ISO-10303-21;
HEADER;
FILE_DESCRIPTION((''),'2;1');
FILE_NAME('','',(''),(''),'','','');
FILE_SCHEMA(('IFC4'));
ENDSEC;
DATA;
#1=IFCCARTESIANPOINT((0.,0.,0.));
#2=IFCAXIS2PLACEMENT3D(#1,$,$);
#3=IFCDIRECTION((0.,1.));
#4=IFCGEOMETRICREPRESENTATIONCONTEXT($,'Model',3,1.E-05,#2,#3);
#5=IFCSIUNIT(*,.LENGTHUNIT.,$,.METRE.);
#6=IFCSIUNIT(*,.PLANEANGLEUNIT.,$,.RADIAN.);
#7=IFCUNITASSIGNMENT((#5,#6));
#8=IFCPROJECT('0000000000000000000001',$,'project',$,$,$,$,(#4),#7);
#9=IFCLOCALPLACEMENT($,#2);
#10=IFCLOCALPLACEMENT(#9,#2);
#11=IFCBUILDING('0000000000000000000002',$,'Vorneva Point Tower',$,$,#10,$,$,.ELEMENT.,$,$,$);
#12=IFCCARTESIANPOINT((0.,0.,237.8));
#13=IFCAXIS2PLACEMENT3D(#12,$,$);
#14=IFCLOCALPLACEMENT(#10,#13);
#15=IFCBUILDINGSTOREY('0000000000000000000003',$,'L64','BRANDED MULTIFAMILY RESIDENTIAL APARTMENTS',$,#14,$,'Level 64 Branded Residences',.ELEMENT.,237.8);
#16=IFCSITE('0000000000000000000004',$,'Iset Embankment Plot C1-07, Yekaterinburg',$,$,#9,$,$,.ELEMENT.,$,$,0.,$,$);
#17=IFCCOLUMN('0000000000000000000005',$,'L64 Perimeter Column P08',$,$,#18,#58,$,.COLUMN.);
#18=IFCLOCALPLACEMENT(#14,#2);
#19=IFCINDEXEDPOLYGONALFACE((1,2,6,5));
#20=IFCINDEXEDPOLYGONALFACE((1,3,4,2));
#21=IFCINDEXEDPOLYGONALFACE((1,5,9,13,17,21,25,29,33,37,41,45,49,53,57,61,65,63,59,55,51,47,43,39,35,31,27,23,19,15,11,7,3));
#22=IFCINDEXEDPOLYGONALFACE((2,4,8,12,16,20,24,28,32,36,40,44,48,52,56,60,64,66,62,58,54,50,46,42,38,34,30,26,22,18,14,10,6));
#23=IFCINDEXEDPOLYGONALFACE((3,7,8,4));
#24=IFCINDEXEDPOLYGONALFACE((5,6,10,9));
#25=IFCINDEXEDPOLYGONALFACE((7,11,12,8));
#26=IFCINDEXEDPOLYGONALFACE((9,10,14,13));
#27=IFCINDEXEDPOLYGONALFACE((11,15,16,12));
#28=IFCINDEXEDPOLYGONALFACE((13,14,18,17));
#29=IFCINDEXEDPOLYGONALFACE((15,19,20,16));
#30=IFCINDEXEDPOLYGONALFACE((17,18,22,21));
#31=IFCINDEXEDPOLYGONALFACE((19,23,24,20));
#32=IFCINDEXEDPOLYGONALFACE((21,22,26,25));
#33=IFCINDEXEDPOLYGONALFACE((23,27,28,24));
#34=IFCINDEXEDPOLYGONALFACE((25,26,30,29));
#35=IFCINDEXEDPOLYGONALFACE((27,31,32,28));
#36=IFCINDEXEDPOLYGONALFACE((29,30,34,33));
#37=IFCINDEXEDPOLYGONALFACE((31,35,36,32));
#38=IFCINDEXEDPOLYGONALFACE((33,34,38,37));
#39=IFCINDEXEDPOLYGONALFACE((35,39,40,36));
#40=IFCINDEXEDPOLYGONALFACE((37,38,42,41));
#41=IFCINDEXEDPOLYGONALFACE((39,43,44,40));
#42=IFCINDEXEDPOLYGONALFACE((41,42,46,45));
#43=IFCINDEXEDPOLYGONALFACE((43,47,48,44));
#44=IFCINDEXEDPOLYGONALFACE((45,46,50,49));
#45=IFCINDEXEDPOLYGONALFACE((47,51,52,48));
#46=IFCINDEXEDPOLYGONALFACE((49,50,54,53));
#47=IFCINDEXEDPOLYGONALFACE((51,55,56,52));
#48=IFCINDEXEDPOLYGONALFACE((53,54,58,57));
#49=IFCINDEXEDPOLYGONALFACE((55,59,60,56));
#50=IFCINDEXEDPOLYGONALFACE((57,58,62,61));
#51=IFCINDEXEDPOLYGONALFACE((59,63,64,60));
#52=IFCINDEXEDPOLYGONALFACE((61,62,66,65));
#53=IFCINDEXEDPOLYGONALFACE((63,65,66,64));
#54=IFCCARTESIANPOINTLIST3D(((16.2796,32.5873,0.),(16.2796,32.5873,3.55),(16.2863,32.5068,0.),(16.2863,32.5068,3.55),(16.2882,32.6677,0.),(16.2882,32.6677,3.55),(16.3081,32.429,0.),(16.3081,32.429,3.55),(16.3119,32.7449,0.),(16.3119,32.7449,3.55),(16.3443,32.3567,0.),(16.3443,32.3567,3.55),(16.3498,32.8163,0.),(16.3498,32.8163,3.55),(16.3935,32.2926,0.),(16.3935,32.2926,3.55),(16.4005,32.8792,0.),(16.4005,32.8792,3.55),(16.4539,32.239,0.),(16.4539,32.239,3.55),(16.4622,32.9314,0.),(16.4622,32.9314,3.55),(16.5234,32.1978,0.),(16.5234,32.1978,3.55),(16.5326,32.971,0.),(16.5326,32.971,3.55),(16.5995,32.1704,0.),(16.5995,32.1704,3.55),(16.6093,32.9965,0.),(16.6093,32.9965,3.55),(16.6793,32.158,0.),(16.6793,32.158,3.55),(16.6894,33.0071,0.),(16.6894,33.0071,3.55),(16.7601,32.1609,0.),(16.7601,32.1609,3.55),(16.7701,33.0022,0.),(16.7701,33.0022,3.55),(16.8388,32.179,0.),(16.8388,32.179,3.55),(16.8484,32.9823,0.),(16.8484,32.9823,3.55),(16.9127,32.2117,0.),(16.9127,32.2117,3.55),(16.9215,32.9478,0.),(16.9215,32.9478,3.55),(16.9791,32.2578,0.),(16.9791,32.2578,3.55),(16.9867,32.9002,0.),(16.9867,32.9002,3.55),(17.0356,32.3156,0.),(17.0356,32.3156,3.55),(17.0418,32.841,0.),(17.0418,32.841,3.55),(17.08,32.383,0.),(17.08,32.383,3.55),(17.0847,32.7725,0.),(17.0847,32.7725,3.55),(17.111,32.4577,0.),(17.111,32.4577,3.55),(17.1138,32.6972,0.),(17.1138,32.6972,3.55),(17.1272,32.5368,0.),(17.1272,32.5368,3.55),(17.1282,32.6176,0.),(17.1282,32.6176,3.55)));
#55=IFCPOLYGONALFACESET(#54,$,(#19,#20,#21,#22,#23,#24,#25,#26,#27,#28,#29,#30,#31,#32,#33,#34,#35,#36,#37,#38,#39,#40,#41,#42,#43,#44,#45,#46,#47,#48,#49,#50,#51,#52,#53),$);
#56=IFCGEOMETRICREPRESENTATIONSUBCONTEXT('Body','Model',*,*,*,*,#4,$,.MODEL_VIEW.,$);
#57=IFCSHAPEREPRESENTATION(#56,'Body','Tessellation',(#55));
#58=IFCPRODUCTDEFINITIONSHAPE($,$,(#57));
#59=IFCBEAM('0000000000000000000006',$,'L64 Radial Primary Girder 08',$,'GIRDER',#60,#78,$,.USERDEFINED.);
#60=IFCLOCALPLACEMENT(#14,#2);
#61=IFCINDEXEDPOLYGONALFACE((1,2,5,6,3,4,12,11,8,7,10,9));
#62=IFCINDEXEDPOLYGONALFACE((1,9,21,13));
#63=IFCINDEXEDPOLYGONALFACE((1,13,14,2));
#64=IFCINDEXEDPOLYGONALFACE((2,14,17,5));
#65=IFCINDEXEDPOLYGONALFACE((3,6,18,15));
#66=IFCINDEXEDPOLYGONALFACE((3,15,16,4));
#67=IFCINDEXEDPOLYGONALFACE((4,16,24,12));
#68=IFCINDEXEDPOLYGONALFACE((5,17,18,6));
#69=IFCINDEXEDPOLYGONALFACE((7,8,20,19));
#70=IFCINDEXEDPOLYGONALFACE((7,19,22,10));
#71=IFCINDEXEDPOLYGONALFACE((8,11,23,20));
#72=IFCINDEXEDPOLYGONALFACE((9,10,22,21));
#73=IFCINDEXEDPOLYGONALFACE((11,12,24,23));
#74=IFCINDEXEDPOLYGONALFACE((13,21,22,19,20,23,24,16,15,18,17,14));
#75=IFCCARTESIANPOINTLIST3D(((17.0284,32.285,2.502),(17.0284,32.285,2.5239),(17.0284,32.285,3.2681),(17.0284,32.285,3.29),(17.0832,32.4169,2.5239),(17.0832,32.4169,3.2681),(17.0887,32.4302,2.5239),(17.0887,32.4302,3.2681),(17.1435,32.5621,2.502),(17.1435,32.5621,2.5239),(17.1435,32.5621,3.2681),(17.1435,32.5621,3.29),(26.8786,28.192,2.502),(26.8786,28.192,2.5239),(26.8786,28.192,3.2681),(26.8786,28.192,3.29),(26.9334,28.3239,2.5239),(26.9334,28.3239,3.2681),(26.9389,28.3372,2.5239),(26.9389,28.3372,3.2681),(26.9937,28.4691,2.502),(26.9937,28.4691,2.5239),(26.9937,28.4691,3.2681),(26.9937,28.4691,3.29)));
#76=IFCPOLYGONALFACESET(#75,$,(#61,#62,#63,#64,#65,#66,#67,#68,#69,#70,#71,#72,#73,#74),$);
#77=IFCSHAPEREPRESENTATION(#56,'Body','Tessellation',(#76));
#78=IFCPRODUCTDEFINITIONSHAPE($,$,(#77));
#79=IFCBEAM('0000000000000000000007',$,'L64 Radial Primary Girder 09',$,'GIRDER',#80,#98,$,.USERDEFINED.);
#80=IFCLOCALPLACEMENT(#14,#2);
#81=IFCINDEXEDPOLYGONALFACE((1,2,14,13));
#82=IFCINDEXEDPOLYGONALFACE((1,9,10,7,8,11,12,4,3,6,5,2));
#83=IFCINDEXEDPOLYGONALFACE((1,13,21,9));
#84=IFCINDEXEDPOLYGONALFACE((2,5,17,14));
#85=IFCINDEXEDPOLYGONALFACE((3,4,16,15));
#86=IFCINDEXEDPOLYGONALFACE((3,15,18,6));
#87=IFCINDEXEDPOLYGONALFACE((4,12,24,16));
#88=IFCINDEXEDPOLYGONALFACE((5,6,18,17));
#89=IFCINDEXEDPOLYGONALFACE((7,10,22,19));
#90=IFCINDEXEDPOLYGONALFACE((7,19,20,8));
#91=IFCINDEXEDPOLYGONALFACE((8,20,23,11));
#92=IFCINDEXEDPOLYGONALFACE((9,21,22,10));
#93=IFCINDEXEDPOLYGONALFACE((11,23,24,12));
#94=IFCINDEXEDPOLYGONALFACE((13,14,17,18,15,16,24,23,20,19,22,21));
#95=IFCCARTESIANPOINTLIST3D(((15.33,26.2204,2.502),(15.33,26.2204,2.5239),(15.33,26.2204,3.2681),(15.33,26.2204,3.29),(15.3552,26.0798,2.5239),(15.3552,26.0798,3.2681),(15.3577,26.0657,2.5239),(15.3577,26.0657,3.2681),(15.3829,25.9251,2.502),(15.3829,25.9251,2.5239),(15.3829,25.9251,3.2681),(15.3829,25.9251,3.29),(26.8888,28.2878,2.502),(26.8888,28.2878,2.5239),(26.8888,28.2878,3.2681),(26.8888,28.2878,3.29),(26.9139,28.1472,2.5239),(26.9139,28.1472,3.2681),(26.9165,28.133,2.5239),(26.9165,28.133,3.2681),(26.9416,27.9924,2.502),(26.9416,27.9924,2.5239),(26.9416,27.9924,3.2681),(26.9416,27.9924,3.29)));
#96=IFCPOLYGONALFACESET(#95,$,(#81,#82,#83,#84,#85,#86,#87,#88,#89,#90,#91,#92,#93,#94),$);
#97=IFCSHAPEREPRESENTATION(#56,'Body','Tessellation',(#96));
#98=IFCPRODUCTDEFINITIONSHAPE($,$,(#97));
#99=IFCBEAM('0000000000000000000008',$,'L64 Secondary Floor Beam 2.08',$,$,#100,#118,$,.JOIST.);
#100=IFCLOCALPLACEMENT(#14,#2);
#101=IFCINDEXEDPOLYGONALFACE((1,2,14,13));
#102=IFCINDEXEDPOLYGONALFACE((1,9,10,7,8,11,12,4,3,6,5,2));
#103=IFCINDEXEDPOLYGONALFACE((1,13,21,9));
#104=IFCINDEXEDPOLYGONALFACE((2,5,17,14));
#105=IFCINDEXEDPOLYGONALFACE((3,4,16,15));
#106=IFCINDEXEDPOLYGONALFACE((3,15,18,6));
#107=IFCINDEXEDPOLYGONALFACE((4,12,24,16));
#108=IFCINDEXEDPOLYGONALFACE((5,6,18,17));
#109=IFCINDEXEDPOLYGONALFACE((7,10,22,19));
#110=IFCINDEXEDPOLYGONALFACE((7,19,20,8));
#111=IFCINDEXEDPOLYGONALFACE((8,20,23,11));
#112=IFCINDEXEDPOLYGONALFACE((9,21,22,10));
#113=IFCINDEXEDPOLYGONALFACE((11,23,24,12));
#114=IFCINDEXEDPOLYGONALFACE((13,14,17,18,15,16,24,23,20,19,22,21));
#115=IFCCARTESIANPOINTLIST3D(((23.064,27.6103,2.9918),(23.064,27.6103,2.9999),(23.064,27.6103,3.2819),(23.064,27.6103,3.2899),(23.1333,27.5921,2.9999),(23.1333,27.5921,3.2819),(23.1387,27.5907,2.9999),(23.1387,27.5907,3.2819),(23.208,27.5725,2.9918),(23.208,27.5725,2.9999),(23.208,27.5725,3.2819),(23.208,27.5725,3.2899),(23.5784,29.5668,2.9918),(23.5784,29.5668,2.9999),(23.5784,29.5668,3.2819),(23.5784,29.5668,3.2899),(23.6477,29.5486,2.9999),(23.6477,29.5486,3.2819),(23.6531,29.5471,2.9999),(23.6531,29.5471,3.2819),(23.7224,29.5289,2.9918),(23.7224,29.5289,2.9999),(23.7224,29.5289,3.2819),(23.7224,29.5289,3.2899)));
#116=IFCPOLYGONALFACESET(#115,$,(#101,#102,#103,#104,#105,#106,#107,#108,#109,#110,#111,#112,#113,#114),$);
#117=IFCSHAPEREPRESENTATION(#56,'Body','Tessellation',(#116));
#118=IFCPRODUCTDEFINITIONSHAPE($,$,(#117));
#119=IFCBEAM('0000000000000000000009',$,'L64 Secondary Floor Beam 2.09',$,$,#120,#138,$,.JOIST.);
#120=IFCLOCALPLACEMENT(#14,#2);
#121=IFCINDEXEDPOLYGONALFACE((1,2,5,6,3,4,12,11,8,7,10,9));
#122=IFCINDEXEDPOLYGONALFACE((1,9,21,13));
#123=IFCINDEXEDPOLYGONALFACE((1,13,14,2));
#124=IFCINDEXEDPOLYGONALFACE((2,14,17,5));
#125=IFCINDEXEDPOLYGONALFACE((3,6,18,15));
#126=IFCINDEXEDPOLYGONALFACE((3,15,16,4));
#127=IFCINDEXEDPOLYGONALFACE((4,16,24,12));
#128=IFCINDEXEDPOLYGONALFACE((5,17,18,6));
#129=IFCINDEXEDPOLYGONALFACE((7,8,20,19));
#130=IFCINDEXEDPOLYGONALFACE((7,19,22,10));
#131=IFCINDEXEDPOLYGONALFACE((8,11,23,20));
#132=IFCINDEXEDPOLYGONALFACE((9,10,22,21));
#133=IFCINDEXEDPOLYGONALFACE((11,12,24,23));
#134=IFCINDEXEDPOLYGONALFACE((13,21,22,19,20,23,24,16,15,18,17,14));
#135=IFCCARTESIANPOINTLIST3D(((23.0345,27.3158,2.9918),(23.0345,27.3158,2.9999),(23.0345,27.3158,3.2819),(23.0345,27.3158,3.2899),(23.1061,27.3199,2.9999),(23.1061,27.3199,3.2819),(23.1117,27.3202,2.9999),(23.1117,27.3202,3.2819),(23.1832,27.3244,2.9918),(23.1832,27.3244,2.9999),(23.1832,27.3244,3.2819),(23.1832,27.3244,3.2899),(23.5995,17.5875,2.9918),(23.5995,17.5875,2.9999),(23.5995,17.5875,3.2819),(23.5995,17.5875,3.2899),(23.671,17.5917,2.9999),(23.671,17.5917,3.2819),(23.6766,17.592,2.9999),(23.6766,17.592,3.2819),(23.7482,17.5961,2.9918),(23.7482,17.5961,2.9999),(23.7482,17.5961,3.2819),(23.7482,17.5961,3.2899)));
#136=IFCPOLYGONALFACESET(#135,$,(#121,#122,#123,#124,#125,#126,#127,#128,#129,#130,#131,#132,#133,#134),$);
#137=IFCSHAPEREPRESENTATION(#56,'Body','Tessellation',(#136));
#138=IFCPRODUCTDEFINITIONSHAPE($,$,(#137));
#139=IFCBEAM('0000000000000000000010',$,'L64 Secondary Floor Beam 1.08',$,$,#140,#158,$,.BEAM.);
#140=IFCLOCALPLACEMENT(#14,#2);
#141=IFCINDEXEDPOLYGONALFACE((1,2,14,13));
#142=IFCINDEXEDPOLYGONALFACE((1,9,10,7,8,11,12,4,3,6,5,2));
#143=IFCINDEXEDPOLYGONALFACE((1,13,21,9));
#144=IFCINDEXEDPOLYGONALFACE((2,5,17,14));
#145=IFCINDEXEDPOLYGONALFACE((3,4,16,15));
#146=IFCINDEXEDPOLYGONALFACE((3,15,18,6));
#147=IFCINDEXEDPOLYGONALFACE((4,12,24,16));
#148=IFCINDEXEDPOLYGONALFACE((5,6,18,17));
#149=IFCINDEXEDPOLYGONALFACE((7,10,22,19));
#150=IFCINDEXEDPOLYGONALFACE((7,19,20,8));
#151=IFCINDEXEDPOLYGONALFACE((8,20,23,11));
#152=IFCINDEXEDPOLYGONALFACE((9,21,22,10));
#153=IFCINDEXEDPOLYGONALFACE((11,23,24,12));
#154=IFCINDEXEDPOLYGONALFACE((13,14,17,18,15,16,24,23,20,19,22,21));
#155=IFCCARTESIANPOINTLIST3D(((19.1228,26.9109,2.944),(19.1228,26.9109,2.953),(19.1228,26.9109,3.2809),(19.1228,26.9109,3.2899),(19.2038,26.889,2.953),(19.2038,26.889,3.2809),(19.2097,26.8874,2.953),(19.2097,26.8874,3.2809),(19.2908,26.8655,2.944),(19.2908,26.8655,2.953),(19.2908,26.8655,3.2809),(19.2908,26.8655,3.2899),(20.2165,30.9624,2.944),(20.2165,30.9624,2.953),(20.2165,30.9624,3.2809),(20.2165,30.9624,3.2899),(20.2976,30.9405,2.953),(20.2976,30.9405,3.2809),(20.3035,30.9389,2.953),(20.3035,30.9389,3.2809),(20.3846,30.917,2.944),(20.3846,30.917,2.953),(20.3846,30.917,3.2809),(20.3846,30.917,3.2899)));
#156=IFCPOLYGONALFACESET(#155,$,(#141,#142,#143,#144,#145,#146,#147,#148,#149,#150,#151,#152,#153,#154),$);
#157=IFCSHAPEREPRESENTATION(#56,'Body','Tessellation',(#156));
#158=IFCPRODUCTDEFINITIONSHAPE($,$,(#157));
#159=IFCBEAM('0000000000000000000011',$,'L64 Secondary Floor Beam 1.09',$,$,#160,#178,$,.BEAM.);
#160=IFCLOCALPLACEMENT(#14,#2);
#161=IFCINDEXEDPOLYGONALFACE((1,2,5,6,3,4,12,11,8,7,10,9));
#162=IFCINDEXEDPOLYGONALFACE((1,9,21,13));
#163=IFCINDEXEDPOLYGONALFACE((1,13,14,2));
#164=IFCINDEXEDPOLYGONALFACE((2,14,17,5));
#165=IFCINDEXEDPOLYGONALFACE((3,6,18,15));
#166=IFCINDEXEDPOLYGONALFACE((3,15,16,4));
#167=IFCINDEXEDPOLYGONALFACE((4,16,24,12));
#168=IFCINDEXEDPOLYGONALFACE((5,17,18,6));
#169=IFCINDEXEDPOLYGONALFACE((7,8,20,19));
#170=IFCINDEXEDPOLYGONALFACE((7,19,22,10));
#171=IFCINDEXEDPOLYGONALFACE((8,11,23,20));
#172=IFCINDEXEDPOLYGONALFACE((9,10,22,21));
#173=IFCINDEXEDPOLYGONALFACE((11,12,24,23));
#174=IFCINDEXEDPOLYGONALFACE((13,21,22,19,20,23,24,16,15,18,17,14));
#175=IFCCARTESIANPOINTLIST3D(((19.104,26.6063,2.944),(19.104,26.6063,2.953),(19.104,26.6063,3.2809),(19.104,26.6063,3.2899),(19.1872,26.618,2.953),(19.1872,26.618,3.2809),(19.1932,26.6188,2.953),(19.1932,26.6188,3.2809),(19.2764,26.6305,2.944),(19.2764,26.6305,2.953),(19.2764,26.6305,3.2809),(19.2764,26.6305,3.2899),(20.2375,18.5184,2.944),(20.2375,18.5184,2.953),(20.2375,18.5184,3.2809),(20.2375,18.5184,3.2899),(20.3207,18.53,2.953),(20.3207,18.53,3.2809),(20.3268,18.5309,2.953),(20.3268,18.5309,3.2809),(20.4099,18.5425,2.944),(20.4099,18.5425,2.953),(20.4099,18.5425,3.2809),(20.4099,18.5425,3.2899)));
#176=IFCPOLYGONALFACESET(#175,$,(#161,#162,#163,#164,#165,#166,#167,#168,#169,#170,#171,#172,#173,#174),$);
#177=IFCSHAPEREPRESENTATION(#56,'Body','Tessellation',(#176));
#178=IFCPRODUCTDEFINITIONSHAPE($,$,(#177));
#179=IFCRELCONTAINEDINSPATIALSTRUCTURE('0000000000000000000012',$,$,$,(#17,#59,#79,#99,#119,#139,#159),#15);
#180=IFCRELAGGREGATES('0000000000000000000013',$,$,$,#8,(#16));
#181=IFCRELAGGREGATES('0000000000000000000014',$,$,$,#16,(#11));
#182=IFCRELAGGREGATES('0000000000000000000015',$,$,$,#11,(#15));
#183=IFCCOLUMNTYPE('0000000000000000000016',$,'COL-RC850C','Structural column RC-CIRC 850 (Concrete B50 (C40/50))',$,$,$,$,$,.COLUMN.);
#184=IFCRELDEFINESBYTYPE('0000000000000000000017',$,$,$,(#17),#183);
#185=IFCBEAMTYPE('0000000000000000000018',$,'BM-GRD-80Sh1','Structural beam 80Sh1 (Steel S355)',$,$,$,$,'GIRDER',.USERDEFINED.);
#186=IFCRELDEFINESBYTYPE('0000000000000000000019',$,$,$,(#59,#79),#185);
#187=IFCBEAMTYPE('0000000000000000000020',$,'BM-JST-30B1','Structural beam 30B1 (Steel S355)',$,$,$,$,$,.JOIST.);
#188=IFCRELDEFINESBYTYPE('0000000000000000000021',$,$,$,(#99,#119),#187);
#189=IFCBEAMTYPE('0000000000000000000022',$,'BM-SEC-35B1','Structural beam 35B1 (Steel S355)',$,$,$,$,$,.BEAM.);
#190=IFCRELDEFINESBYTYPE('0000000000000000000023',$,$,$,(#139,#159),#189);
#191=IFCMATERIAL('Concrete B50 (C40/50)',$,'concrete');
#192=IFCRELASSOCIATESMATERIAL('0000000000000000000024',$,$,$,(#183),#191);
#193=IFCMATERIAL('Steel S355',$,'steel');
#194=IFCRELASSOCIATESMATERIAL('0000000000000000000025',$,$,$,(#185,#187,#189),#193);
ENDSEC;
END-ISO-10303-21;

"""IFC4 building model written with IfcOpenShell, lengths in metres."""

from ifc_helpers import new_model, si_unit, direction, frame, origin, origin_2d, place, context, subcontext, project, spatial, circle, i_section, extrude, material, material_profile, profile_set, type_object, element, save


model = new_model("IFC4")

# Units and contexts
model_context = context("Model", 3, precision=1e-05, world=origin(), true_north=direction((0.0, 1.0)))
body_context = subcontext(model_context, "Body", "Model", "MODEL_VIEW")
ifc_project = project(units=[si_unit("LENGTHUNIT", "METRE"), si_unit("PLANEANGLEUNIT", "RADIAN")], contexts=[model_context])

# Site, building, storey
site_placement = place(None, origin())
site = spatial("IfcSite", under=ifc_project, at=site_placement, Name="Iset Embankment Plot C1-07, Yekaterinburg", CompositionType="ELEMENT", RefElevation=0.0)
building_placement = place(site_placement, origin())
building = spatial("IfcBuilding", under=site, at=building_placement, Name="Vorneva Point Tower", CompositionType="ELEMENT")
storey_placement = place(building_placement, frame((0.0, 0.0, 237.8)))
storey = spatial("IfcBuildingStorey", under=building, at=storey_placement, Name="L64", Description="BRANDED MULTIFAMILY RESIDENTIAL APARTMENTS", LongName="Level 64 Branded Residences", CompositionType="ELEMENT", Elevation=237.8)

# Column
ifc_material_1 = material(Name="Concrete B50 (C40/50)", Category="concrete")
ifc_material_profile_1 = material_profile(ifc_material_1, circle(Radius=0.425, at=origin_2d()), Name="RC-CIRC 850")
ifc_profile_set_1 = profile_set([ifc_material_profile_1], Name="Concrete B50 (C40/50)")
column_type = type_object("IfcColumnType", Name="COL-RC850C", Description="Structural column RC-CIRC 850 (Concrete B50 (C40/50))", PredefinedType="COLUMN", material=ifc_profile_set_1)
column_placement = place(storey_placement, frame((16.7046, 32.5823, 0.0), z_axis=(0.0, 0.0, 1.0), x_axis=(-0.92388, 0.382683, 0.0)))
element("IfcColumn", 1, at=column_placement, inside=storey, type_object=column_type, Name="L64 Perimeter Column P08", PredefinedType="COLUMN", context=body_context, shape_type="SweptSolid", body=[
    extrude(circle(Radius=0.425, at=origin_2d()), origin(), (0.0, 0.0, 1.0), 3.55),
])

# Beams
ifc_material_2 = material(Name="Steel S355", Category="steel")
ifc_material_profile_2 = material_profile(ifc_material_2, i_section(OverallWidth=0.3, OverallDepth=0.7881, WebThickness=0.0144, FlangeThickness=0.022, at=origin_2d()), Name="80Sh1")
ifc_profile_set_2 = profile_set([ifc_material_profile_2], Name="Steel S355")
beam_type_1 = type_object("IfcBeamType", Name="BM-GRD-80Sh1", Description="Structural beam 80Sh1 (Steel S355)", ElementType="GIRDER", PredefinedType="USERDEFINED", material=ifc_profile_set_2)
beam_1_placement = place(storey_placement, frame((17.0859, 32.4236, 2.896), z_axis=(0.923449, -0.383721, 0.0), x_axis=(0.383721, 0.923449, 0.0)))
element("IfcBeam", 2, at=beam_1_placement, inside=storey, type_object=beam_type_1, Name="L64 Radial Primary Girder 08", ObjectType="GIRDER", PredefinedType="USERDEFINED", context=body_context, shape_type="SweptSolid", body=[
    extrude(i_section(OverallWidth=0.3, OverallDepth=0.7881, WebThickness=0.0144, FlangeThickness=0.022, at=origin_2d()), origin(), (0.0, 0.0, 1.0), 10.6667),
])
beam_2_placement = place(storey_placement, frame((15.3564, 26.0728, 2.896), z_axis=(0.984379, 0.176063, 0.0), x_axis=(-0.176063, 0.984379, 0.0)))
element("IfcBeam", 3, at=beam_2_placement, inside=storey, type_object=beam_type_1, Name="L64 Radial Primary Girder 09", ObjectType="GIRDER", PredefinedType="USERDEFINED", context=body_context, shape_type="SweptSolid", body=[
    extrude(i_section(OverallWidth=0.3, OverallDepth=0.7881, WebThickness=0.0144, FlangeThickness=0.022, at=origin_2d()), origin(), (0.0, 0.0, 1.0), 11.7422),
])
ifc_material_profile_3 = material_profile(ifc_material_2, i_section(OverallWidth=0.1489, OverallDepth=0.2981, WebThickness=0.0056, FlangeThickness=0.0081, at=origin_2d()), Name="30B1")
ifc_profile_set_3 = profile_set([ifc_material_profile_3], Name="Steel S355")
beam_type_2 = type_object("IfcBeamType", Name="BM-JST-30B1", Description="Structural beam 30B1 (Steel S355)", PredefinedType="JOIST", material=ifc_profile_set_3)
beam_3_placement = place(storey_placement, frame((23.6504, 29.5479, 3.1409), z_axis=(-0.254274, -0.967132, 0.0), x_axis=(0.967132, -0.254274, 0.0)))
element("IfcBeam", 4, at=beam_3_placement, inside=storey, type_object=beam_type_2, Name="L64 Secondary Floor Beam 2.08", PredefinedType="JOIST", context=body_context, shape_type="SweptSolid", body=[
    extrude(i_section(OverallWidth=0.1489, OverallDepth=0.2981, WebThickness=0.0056, FlangeThickness=0.0081, at=origin_2d()), origin(), (0.0, 0.0, 1.0), 2.0229),
])
beam_4_placement = place(storey_placement, frame((23.1089, 27.3201, 3.1409), z_axis=(0.057974, -0.998318, 0.0), x_axis=(0.998318, 0.057974, 0.0)))
element("IfcBeam", 5, at=beam_4_placement, inside=storey, type_object=beam_type_2, Name="L64 Secondary Floor Beam 2.09", PredefinedType="JOIST", context=body_context, shape_type="SweptSolid", body=[
    extrude(i_section(OverallWidth=0.1489, OverallDepth=0.2981, WebThickness=0.0056, FlangeThickness=0.0081, at=origin_2d()), origin(), (0.0, 0.0, 1.0), 9.7446),
])
ifc_material_profile_4 = material_profile(ifc_material_2, i_section(OverallWidth=0.1741, OverallDepth=0.3459, WebThickness=0.0061, FlangeThickness=0.009, at=origin_2d()), Name="35B1")
ifc_profile_set_4 = profile_set([ifc_material_profile_4], Name="Steel S355")
beam_type_3 = type_object("IfcBeamType", Name="BM-SEC-35B1", Description="Structural beam 35B1 (Steel S355)", PredefinedType="BEAM", material=ifc_profile_set_4)
beam_5_placement = place(storey_placement, frame((20.3005, 30.9397, 3.1169), z_axis=(-0.260631, -0.965439, 0.0), x_axis=(0.965439, -0.260631, 0.0)))
element("IfcBeam", 6, at=beam_5_placement, inside=storey, type_object=beam_type_3, Name="L64 Secondary Floor Beam 1.08", PredefinedType="BEAM", context=body_context, shape_type="SweptSolid", body=[
    extrude(i_section(OverallWidth=0.1741, OverallDepth=0.3459, WebThickness=0.0061, FlangeThickness=0.009, at=origin_2d()), origin(), (0.0, 0.0, 1.0), 4.1965),
])
beam_6_placement = place(storey_placement, frame((19.1902, 26.6184, 3.1169), z_axis=(0.138797, -0.990321, 0.0), x_axis=(0.990321, 0.138797, 0.0)))
element("IfcBeam", 7, at=beam_6_placement, inside=storey, type_object=beam_type_3, Name="L64 Secondary Floor Beam 1.09", PredefinedType="BEAM", context=body_context, shape_type="SweptSolid", body=[
    extrude(i_section(OverallWidth=0.1741, OverallDepth=0.3459, WebThickness=0.0061, FlangeThickness=0.009, at=origin_2d()), origin(), (0.0, 0.0, 1.0), 8.167),
])

save(model, "model.ifc")
